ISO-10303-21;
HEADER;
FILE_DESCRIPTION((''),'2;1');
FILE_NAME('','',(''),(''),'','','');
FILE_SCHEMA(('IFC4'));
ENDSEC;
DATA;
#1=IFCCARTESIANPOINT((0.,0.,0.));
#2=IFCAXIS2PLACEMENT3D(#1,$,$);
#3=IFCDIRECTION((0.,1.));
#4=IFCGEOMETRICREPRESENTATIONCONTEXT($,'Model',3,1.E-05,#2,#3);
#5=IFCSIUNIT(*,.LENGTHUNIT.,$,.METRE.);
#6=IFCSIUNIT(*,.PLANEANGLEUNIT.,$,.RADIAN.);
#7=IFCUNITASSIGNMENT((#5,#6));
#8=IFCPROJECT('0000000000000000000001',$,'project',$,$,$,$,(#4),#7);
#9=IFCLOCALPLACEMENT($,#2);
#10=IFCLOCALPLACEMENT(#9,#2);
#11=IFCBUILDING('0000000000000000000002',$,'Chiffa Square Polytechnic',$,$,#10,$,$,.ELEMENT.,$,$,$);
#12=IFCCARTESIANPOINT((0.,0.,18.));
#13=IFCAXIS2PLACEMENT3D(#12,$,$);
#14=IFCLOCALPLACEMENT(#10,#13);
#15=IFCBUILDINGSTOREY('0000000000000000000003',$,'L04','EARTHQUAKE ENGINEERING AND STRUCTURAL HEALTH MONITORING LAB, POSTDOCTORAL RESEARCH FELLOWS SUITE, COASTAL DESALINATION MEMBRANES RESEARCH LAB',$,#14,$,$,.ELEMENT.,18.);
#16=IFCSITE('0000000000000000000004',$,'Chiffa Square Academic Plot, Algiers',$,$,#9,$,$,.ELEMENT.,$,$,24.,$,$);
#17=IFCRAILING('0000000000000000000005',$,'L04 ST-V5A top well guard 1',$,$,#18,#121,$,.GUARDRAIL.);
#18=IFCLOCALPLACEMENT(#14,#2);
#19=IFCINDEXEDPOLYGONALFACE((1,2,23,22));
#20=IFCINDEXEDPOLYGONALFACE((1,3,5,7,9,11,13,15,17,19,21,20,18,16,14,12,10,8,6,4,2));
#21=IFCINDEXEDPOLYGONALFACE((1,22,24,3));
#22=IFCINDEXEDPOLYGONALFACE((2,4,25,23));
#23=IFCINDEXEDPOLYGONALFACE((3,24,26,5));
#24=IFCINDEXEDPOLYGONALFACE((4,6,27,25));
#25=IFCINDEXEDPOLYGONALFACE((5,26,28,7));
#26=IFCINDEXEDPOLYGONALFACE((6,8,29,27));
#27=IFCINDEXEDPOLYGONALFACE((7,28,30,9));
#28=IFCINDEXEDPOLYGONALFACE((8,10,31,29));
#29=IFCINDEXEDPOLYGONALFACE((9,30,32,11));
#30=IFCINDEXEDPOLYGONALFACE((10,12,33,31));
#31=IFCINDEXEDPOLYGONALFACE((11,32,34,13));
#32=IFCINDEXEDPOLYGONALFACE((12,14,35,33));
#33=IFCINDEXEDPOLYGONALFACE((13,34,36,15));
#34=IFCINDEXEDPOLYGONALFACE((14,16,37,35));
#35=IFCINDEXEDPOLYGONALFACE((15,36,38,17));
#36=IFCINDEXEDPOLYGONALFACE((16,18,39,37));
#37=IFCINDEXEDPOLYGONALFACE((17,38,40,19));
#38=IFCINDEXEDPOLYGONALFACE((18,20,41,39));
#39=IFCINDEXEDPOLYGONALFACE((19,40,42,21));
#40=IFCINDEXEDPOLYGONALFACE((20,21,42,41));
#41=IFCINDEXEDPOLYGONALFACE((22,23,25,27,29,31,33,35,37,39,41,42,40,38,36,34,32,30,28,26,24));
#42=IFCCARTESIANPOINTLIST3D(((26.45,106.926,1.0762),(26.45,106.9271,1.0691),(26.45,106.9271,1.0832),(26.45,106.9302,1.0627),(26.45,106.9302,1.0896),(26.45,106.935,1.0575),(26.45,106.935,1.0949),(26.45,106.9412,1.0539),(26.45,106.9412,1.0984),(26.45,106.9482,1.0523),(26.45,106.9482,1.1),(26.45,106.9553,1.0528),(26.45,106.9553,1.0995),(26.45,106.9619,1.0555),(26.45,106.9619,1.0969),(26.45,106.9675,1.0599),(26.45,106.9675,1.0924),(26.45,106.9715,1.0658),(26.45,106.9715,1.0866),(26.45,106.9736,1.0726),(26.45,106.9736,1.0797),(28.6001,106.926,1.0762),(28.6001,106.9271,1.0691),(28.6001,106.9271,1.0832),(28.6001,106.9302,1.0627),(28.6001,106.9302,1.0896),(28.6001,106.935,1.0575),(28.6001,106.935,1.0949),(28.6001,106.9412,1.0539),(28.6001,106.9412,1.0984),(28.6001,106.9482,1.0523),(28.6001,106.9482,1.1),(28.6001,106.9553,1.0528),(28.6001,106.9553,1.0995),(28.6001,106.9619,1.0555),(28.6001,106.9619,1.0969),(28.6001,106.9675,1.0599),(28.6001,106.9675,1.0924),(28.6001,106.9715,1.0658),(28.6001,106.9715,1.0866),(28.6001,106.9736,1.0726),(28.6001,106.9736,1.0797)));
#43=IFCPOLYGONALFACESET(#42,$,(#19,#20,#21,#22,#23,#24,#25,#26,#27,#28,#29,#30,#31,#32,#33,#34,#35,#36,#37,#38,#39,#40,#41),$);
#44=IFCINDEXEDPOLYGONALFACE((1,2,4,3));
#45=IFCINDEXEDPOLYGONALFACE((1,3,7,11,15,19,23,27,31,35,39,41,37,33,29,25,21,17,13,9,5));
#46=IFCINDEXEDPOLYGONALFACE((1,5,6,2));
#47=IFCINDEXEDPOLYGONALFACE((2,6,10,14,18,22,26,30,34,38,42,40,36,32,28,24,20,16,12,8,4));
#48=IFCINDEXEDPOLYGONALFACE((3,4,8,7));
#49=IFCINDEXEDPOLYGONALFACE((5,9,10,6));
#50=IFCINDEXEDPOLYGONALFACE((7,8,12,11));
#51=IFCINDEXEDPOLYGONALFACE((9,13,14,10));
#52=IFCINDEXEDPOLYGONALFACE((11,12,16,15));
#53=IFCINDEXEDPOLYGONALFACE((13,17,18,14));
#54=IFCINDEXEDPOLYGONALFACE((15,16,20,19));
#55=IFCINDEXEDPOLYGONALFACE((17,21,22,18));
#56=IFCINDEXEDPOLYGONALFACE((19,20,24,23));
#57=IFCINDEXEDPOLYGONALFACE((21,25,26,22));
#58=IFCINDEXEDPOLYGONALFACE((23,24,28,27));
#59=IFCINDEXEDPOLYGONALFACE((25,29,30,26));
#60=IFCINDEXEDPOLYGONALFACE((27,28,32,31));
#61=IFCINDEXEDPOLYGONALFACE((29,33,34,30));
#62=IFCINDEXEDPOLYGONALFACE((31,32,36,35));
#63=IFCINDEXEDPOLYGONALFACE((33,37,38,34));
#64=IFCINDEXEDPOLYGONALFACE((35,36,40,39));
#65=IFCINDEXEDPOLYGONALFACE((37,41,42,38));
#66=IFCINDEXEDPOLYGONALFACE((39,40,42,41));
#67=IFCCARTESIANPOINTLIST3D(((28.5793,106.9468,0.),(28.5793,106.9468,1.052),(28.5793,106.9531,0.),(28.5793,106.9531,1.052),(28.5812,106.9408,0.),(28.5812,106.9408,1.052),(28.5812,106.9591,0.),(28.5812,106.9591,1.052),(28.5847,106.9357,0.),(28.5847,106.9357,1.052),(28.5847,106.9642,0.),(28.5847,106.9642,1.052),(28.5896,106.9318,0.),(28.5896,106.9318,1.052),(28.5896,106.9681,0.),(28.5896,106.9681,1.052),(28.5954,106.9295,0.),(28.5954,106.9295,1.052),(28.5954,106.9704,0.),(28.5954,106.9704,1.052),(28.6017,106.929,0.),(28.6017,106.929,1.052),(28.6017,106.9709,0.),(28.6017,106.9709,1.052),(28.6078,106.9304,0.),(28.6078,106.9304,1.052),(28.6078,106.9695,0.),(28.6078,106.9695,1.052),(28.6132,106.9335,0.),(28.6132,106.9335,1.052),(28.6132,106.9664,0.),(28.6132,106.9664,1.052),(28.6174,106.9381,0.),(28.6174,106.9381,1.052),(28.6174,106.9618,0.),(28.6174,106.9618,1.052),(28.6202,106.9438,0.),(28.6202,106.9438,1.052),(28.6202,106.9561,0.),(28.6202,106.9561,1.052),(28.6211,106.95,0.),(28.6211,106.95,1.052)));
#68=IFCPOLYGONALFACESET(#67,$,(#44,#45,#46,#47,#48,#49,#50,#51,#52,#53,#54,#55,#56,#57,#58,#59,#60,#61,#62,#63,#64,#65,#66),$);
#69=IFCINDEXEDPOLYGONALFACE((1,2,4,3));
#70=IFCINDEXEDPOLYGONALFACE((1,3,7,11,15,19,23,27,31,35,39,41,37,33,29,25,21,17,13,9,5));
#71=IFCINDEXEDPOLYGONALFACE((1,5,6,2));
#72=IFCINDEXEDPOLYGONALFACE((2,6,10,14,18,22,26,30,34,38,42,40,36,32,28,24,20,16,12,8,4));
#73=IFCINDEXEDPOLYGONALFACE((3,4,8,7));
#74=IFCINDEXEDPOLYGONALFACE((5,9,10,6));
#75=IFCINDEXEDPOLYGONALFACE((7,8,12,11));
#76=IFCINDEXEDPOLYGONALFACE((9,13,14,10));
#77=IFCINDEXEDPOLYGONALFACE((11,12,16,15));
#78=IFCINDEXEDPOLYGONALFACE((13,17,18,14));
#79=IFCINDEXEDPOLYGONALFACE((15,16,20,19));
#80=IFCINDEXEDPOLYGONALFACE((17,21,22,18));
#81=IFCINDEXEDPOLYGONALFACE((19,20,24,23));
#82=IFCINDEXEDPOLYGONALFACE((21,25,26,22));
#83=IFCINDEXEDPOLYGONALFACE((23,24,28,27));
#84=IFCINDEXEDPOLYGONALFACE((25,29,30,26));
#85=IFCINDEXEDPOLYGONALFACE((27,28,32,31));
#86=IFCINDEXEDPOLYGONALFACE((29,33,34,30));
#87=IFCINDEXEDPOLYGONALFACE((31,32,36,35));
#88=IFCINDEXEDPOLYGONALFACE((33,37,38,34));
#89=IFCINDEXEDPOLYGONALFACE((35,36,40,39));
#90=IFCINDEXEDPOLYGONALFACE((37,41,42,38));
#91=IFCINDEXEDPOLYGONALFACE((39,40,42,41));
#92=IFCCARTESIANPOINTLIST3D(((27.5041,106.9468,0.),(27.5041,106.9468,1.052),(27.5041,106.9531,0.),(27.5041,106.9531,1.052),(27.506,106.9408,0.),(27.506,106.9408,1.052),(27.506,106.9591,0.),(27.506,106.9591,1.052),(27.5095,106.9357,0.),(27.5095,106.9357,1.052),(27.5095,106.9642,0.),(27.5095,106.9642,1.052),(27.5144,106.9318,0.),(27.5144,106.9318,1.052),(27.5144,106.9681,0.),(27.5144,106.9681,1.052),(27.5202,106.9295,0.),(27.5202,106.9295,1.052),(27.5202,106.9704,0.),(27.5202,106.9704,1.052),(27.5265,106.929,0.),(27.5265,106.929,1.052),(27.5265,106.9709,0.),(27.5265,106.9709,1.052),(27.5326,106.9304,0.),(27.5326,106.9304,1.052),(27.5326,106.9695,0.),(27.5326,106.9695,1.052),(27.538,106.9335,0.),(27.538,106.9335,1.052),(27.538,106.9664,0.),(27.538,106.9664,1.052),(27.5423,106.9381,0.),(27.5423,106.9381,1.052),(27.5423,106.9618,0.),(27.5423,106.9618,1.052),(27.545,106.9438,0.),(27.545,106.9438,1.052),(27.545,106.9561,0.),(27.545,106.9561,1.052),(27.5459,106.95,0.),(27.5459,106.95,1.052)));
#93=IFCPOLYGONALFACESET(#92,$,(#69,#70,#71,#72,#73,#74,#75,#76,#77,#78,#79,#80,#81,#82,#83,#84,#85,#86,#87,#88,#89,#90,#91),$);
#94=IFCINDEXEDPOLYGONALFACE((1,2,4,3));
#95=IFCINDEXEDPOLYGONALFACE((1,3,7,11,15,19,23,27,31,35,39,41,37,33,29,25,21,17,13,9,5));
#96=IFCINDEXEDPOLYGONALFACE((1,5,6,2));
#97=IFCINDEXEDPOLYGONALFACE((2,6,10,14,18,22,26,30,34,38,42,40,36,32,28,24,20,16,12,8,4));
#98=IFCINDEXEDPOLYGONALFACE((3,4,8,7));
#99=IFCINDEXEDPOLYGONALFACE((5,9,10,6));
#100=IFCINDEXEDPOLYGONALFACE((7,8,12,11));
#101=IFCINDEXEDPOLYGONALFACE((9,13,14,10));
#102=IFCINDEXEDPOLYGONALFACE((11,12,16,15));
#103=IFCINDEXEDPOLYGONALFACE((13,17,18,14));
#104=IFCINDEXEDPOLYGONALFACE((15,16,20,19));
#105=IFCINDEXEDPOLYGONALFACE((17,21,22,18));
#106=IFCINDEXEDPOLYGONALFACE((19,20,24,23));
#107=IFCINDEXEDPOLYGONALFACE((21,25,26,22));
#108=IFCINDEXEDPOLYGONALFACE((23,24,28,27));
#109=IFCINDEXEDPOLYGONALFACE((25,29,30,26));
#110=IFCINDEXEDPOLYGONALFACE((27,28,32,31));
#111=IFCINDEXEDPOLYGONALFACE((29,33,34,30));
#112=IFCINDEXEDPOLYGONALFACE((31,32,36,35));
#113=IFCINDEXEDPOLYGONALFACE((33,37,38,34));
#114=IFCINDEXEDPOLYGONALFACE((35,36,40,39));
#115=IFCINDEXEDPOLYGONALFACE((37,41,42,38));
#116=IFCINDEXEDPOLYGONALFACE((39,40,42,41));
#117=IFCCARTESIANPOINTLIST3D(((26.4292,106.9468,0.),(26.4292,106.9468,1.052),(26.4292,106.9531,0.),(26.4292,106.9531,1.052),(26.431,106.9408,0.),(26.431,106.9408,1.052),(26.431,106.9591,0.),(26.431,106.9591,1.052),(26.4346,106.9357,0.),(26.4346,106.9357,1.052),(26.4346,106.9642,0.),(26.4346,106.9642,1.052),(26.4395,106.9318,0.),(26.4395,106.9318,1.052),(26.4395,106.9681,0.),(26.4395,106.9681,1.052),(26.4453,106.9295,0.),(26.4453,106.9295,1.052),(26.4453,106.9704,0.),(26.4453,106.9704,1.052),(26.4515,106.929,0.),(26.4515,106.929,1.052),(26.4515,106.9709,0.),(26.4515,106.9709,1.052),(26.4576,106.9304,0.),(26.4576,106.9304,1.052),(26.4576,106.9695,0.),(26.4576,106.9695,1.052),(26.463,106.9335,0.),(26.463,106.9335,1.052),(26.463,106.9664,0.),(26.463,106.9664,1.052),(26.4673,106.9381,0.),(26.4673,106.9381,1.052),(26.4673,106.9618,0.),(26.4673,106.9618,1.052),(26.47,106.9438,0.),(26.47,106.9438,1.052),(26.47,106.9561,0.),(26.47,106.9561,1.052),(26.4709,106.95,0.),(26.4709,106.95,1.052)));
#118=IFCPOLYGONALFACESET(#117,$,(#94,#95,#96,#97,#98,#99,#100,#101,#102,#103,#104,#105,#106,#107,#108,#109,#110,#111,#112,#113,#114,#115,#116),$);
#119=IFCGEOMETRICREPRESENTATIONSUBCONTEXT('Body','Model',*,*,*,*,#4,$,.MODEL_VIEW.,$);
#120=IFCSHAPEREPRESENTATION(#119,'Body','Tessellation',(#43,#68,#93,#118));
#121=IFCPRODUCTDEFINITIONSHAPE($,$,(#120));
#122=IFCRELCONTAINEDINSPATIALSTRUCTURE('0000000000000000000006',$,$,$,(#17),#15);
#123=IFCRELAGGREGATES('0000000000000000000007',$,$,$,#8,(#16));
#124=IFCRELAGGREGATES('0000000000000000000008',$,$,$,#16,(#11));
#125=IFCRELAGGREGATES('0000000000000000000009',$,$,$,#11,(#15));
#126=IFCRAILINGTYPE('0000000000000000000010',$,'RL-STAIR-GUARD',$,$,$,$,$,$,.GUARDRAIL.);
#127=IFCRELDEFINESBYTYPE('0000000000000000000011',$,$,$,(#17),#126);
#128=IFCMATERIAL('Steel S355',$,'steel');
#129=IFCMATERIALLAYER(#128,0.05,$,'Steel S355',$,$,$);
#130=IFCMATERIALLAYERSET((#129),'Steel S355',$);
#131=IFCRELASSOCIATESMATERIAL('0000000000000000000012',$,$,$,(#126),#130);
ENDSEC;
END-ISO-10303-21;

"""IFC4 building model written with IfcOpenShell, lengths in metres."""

from ifc_helpers import new_model, si_unit, direction, frame, origin, origin_2d, place, context, subcontext, project, spatial, circle, extrude, material, layer, layer_set, type_object, element, save


model = new_model("IFC4")

# Units and contexts
model_context = context("Model", 3, precision=1e-05, world=origin(), true_north=direction((0.0, 1.0)))
body_context = subcontext(model_context, "Body", "Model", "MODEL_VIEW")
ifc_project = project(units=[si_unit("LENGTHUNIT", "METRE"), si_unit("PLANEANGLEUNIT", "RADIAN")], contexts=[model_context])

# Site, building, storey
site_placement = place(None, origin())
site = spatial("IfcSite", under=ifc_project, at=site_placement, Name="Chiffa Square Academic Plot, Algiers", CompositionType="ELEMENT", RefElevation=24.0)
building_placement = place(site_placement, origin())
building = spatial("IfcBuilding", under=site, at=building_placement, Name="Chiffa Square Polytechnic", CompositionType="ELEMENT")
storey_placement = place(building_placement, frame((0.0, 0.0, 18.0)))
storey = spatial("IfcBuildingStorey", under=building, at=storey_placement, Name="L04", Description="EARTHQUAKE ENGINEERING AND STRUCTURAL HEALTH MONITORING LAB, POSTDOCTORAL RESEARCH FELLOWS SUITE, COASTAL DESALINATION MEMBRANES RESEARCH LAB", CompositionType="ELEMENT", Elevation=18.0)

# Railing
ifc_material_1 = material(Name="Steel S355", Category="steel")
ifc_layer_1 = layer(ifc_material_1, 0.05, Name="Steel S355")
ifc_layer_set_1 = layer_set([ifc_layer_1], Name="Steel S355")
railing_type = type_object("IfcRailingType", Name="RL-STAIR-GUARD", PredefinedType="GUARDRAIL", material=ifc_layer_set_1)
railing_placement = place(storey_placement, frame((28.6001, 106.95, 0.0)))
element("IfcRailing", 1, at=railing_placement, inside=storey, type_object=railing_type, Name="L04 ST-V5A top well guard 1", PredefinedType="GUARDRAIL", context=body_context, shape_type="SweptSolid", body=[
    extrude(circle(Radius=0.0239, at=origin_2d()), frame((0.0, 0.0, 1.0762), z_axis=(-1.0, 0.0, 0.0), x_axis=(0.0, -1.0, 0.0)), (0.0, 0.0, 1.0), 2.1501),
    extrude(circle(Radius=0.021, at=origin_2d()), origin(), (0.0, 0.0, 1.0), 1.052),
    extrude(circle(Radius=0.021, at=origin_2d()), frame((-1.0752, 0.0, 0.0)), (0.0, 0.0, 1.0), 1.052),
    extrude(circle(Radius=0.021, at=origin_2d()), frame((-2.1501, 0.0, 0.0)), (0.0, 0.0, 1.0), 1.052),
])

save(model, "model.ifc")
